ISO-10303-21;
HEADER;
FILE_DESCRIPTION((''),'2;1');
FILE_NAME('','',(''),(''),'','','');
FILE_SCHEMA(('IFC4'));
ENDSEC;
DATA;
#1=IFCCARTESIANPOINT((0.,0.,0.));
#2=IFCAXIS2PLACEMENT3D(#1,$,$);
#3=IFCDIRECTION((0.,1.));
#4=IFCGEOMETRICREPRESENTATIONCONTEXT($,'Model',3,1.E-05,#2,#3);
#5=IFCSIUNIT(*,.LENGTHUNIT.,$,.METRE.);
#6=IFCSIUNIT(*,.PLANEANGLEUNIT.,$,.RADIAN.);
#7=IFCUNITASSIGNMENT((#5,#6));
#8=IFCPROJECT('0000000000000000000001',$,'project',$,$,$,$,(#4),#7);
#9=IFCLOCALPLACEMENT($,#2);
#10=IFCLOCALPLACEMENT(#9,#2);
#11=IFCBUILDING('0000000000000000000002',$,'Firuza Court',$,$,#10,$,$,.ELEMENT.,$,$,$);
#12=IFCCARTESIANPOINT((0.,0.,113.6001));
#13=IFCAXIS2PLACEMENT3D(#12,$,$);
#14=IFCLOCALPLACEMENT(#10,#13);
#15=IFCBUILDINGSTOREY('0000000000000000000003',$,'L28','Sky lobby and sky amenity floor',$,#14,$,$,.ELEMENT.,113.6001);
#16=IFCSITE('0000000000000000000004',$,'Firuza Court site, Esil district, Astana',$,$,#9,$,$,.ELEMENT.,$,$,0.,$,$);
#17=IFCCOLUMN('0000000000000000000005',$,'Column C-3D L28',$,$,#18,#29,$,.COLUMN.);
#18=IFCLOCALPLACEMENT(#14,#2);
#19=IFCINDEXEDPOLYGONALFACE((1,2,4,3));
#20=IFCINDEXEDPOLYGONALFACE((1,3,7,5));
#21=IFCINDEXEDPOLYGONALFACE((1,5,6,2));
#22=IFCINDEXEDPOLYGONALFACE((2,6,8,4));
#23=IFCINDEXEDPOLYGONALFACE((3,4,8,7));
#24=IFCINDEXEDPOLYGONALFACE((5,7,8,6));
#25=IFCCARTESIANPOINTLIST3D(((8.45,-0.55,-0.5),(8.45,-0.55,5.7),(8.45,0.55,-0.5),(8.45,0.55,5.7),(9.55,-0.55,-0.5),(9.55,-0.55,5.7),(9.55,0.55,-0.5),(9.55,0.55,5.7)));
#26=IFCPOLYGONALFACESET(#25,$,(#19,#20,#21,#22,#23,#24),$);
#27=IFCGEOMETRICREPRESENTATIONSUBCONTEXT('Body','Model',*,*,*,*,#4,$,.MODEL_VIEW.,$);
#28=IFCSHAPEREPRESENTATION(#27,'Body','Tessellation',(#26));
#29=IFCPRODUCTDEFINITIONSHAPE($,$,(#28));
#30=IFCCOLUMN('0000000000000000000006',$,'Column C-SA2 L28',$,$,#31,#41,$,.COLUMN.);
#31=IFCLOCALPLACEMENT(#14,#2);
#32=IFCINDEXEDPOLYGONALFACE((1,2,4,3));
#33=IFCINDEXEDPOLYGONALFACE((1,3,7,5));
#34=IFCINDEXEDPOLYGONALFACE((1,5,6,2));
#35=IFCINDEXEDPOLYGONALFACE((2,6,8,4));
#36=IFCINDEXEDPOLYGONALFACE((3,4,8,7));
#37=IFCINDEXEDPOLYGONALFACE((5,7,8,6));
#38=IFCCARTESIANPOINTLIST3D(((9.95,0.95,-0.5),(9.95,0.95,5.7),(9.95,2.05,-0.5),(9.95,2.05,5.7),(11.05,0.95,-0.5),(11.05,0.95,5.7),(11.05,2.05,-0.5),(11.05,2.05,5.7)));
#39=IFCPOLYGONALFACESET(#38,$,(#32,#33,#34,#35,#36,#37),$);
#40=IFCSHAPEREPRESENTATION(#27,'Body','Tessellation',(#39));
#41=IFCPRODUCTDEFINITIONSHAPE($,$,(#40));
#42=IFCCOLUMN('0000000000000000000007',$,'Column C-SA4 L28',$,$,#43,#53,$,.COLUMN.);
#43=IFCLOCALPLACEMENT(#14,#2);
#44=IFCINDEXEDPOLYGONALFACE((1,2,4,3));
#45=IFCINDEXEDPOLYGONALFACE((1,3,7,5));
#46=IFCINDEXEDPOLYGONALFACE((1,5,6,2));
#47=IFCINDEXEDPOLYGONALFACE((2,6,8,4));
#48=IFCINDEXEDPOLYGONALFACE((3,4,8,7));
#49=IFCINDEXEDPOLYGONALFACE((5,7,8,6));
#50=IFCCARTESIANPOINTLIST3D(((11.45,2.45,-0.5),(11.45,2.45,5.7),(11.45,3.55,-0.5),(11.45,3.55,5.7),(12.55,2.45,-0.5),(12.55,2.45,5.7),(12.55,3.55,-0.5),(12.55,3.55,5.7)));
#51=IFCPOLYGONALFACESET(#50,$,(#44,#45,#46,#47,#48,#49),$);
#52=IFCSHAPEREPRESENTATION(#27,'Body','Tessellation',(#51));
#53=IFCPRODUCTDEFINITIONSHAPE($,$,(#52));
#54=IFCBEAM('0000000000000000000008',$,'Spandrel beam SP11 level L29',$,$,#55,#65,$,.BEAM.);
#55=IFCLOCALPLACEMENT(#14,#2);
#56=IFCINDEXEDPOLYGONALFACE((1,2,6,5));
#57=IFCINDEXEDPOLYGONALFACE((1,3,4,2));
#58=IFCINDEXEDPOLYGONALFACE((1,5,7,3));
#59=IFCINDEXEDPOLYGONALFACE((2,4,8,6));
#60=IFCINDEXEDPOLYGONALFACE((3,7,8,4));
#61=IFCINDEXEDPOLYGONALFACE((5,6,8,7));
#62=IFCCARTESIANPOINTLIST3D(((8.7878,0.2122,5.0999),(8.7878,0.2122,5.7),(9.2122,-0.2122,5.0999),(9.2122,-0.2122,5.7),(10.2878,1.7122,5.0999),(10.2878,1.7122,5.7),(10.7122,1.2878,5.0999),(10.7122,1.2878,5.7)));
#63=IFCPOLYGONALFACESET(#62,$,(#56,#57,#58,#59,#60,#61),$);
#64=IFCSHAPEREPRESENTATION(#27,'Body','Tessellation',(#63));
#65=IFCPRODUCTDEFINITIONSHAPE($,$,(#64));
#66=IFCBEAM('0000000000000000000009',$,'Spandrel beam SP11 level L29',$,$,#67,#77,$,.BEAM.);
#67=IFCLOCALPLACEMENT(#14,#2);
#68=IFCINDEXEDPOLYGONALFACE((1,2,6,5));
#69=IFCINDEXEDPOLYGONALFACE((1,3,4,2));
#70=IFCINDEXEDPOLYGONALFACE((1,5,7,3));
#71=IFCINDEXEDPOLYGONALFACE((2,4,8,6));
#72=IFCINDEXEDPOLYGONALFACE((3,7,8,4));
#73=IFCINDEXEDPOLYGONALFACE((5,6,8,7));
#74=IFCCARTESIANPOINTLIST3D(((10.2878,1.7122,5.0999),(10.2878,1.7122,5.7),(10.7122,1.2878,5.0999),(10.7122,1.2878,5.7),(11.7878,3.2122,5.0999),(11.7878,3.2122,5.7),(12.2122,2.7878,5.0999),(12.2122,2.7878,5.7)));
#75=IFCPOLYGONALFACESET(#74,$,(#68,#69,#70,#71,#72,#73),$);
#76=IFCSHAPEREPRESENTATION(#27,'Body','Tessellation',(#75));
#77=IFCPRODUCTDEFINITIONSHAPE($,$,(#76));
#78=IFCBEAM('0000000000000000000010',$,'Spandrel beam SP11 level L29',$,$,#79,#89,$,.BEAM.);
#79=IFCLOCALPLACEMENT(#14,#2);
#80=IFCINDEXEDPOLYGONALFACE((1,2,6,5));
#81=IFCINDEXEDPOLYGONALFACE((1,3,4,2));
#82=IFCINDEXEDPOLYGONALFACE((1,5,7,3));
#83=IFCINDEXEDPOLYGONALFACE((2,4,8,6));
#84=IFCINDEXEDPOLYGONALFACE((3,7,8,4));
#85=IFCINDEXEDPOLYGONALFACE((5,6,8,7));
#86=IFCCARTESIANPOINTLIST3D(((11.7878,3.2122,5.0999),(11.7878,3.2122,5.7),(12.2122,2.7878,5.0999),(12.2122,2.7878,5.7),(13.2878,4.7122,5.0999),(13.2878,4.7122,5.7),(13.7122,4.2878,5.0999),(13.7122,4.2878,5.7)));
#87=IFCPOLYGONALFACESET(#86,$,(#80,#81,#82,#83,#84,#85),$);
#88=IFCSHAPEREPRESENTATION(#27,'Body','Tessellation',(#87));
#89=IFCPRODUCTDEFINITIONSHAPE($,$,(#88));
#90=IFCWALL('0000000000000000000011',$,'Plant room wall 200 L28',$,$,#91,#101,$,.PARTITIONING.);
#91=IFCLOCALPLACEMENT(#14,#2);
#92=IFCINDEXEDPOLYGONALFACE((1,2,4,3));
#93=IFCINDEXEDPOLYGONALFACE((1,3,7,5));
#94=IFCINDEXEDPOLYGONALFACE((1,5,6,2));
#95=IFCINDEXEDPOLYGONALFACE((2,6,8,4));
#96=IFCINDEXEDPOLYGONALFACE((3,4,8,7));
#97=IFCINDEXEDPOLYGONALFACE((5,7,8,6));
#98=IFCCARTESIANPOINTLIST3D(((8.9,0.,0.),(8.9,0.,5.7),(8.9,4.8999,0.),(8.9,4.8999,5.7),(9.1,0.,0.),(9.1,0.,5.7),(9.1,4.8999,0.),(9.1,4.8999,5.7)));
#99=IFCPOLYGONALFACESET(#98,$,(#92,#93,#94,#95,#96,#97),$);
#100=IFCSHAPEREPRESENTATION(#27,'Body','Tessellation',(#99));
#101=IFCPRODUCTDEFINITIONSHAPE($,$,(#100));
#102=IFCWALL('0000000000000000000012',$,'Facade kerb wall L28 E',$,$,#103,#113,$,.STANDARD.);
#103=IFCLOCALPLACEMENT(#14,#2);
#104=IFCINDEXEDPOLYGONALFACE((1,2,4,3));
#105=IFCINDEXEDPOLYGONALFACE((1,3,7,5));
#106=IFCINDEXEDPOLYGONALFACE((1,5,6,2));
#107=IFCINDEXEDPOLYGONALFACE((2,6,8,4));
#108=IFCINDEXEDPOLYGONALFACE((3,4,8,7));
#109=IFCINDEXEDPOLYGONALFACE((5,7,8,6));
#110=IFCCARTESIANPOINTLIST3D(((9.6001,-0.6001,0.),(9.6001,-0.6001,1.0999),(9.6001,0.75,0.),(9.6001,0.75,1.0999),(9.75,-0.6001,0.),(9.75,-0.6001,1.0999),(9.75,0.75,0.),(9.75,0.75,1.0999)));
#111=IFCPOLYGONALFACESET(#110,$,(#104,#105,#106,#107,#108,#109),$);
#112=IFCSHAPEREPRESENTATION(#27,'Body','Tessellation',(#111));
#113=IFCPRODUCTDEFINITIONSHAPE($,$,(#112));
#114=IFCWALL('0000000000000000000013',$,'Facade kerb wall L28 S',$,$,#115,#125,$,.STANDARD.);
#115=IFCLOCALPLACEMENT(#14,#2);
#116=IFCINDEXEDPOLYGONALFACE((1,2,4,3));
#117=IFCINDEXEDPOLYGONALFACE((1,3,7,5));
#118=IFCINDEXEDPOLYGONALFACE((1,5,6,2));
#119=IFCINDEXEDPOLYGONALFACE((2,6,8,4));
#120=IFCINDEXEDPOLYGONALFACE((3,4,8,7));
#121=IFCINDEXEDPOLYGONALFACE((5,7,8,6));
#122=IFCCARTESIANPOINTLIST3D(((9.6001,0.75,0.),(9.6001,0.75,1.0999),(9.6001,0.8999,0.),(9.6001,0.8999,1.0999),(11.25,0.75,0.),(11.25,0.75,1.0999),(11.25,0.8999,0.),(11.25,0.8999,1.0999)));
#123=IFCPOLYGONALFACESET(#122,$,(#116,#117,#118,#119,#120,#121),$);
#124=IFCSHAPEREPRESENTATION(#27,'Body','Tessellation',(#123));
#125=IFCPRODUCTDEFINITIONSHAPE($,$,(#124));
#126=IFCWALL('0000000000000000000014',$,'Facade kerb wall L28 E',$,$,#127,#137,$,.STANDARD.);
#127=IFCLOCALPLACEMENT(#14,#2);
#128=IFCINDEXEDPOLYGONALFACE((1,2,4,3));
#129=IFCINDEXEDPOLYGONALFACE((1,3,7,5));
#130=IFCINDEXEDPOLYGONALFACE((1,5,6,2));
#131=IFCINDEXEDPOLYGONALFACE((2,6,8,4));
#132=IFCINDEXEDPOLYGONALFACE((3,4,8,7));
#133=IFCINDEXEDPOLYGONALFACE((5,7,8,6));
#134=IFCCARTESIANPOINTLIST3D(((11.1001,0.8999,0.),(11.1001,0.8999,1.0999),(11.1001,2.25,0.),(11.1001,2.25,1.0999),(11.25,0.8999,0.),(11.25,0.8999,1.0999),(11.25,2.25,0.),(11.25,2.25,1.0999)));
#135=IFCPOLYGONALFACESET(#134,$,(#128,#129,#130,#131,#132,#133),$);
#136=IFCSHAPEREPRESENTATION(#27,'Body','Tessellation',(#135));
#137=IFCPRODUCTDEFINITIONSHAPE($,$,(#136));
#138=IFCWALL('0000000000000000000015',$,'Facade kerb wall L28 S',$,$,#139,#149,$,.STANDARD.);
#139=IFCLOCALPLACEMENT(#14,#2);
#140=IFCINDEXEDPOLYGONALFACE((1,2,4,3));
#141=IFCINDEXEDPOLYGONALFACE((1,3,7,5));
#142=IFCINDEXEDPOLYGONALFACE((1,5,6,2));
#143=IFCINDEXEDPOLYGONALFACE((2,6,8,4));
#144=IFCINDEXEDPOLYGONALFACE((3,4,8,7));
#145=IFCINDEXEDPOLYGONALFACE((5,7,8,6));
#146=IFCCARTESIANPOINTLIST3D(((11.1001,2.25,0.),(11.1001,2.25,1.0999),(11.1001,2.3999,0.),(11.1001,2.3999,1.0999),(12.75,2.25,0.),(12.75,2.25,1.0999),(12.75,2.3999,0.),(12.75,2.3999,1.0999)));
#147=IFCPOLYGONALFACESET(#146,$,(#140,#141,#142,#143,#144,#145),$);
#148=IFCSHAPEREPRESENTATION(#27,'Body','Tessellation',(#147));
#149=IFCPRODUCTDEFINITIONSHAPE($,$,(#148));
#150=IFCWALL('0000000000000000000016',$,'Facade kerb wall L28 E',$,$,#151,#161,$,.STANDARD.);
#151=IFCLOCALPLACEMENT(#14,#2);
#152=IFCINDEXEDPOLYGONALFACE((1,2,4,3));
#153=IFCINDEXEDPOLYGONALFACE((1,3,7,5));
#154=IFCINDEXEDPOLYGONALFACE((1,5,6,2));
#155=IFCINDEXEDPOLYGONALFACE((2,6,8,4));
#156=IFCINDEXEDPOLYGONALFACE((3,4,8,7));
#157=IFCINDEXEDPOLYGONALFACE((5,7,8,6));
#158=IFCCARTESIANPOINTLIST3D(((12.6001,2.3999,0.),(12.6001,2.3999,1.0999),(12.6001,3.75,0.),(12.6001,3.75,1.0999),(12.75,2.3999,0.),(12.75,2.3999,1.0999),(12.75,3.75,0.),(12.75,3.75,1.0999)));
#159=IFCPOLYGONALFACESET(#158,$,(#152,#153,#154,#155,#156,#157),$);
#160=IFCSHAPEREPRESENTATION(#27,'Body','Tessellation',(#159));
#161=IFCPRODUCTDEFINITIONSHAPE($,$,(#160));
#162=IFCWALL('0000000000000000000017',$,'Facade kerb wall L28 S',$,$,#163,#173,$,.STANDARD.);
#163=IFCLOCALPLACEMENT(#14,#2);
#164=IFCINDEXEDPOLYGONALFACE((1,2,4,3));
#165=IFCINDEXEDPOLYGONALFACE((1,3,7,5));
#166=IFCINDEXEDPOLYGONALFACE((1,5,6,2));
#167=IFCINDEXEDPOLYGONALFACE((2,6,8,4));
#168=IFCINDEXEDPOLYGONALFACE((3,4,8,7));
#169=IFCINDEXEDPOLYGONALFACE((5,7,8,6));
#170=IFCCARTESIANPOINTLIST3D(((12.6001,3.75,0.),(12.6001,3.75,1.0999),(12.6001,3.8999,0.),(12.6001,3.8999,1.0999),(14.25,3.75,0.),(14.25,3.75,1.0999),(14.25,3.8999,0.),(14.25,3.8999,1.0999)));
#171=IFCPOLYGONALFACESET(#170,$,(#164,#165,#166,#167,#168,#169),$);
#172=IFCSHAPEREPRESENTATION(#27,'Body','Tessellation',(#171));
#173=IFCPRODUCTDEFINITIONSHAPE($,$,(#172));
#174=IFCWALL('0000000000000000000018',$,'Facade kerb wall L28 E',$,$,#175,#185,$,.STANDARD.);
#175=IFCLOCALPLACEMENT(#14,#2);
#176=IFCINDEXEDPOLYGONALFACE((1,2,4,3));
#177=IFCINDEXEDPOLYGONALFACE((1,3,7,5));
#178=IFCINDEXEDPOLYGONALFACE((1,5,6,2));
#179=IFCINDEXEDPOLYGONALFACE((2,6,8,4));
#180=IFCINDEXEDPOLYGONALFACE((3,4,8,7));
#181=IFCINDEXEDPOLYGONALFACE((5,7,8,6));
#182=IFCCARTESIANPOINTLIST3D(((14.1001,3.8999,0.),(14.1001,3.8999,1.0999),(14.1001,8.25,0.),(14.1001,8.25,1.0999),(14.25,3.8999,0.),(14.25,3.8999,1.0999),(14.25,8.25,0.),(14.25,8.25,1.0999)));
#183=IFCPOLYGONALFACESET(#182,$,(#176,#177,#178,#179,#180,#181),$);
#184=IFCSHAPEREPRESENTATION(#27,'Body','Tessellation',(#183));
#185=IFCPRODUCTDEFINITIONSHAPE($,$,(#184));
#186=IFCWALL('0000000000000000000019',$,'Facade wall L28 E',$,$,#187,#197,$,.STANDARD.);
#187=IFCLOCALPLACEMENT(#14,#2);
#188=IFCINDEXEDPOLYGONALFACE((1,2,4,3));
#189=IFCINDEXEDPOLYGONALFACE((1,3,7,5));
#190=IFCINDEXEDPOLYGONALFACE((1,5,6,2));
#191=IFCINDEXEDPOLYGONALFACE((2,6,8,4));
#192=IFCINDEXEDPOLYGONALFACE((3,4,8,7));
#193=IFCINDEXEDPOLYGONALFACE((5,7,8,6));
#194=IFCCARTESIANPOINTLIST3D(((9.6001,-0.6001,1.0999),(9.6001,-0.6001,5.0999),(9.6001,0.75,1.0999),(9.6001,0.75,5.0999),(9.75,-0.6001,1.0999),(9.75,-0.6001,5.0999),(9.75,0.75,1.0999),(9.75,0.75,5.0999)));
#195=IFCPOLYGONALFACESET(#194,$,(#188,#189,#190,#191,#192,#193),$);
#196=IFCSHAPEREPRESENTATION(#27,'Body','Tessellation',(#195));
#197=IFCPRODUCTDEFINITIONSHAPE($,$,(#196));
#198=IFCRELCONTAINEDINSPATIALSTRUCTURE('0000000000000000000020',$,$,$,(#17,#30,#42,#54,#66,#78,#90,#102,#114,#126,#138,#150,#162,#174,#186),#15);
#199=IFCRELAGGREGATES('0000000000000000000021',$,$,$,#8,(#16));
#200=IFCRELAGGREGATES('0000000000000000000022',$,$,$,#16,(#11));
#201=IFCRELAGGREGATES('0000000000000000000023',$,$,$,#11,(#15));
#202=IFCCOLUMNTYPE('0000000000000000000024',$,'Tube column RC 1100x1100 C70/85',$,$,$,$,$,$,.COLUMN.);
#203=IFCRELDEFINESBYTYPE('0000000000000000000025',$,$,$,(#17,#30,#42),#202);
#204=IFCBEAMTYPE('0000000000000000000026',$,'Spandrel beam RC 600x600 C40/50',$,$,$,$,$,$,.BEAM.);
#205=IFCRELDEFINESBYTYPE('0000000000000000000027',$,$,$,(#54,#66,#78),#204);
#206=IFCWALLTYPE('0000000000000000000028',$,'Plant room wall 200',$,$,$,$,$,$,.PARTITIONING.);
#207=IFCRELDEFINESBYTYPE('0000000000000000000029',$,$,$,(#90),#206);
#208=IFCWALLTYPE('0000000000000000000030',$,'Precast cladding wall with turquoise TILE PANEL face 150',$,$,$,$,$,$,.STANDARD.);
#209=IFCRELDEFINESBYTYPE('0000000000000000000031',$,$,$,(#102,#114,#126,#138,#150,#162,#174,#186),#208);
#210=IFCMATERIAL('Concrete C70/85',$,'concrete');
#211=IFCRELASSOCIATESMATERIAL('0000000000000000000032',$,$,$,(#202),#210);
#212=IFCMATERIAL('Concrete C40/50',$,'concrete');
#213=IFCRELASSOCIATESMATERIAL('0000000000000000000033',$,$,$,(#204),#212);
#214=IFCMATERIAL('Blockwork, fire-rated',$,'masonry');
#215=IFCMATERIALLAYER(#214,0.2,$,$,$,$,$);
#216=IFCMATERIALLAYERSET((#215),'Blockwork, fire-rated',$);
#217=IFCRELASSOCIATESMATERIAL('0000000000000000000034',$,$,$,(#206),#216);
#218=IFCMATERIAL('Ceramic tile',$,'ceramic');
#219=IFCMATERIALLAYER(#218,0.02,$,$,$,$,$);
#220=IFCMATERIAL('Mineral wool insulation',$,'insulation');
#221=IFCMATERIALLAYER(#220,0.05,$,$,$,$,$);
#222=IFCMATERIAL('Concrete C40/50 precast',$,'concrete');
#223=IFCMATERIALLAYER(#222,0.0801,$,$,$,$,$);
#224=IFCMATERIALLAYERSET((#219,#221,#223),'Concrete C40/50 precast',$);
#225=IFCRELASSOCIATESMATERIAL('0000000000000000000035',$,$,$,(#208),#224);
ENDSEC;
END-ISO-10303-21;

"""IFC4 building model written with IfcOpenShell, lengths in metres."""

from ifc_helpers import new_model, si_unit, direction, frame, frame_2d, origin, origin_2d, place, context, subcontext, project, spatial, rectangle, extrude, material, layer, layer_set, material_profile, profile_set, type_object, element, save


model = new_model("IFC4")

# Units and contexts
model_context = context("Model", 3, precision=1e-05, world=origin(), true_north=direction((0.0, 1.0)))
body_context = subcontext(model_context, "Body", "Model", "MODEL_VIEW")
ifc_project = project(units=[si_unit("LENGTHUNIT", "METRE"), si_unit("PLANEANGLEUNIT", "RADIAN")], contexts=[model_context])

# Site, building, storey
site_placement = place(None, origin())
site = spatial("IfcSite", under=ifc_project, at=site_placement, Name="Firuza Court site, Esil district, Astana", CompositionType="ELEMENT", RefElevation=0.0)
building_placement = place(site_placement, origin())
building = spatial("IfcBuilding", under=site, at=building_placement, Name="Firuza Court", CompositionType="ELEMENT")
storey_placement = place(building_placement, frame((0.0, 0.0, 113.6001)))
storey = spatial("IfcBuildingStorey", under=building, at=storey_placement, Name="L28", Description="Sky lobby and sky amenity floor", CompositionType="ELEMENT", Elevation=113.6001)

# Columns
ifc_material_1 = material(Name="Concrete C70/85", Category="concrete")
ifc_material_profile_1 = material_profile(ifc_material_1, rectangle(XDim=1.1001, YDim=1.1001, at=origin_2d()), Name="RC 1100x1100")
ifc_profile_set_1 = profile_set([ifc_material_profile_1], Name="Concrete C70/85")
column_type = type_object("IfcColumnType", Name="Tube column RC 1100x1100 C70/85", PredefinedType="COLUMN", material=ifc_profile_set_1)
for number, where, z_axis, x_axis, name in (
    (1, (9.0, 0.0, -0.5), (0.0, 0.0, 1.0), (1.0, 0.0, 0.0), "Column C-3D L28"),
    (2, (10.5, 1.5, -0.5), (0.0, 0.0, 1.0), (1.0, 0.0, 0.0), "Column C-SA2 L28"),
    (3, (12.0, 3.0, -0.5), (0.0, 0.0, 1.0), (1.0, 0.0, 0.0), "Column C-SA4 L28"),
):
    element("IfcColumn", number, at=place(storey_placement, frame(where, z_axis=z_axis, x_axis=x_axis)), inside=storey, type_object=column_type, Name=name, PredefinedType="COLUMN", context=body_context, shape_type="SweptSolid", body=[
        extrude(rectangle(XDim=1.1001, YDim=1.1001, at=origin_2d()), origin(), (0.0, 0.0, 1.0), 6.2),
    ])

# Beams
ifc_material_2 = material(Name="Concrete C40/50", Category="concrete")
ifc_material_profile_2 = material_profile(ifc_material_2, rectangle(XDim=0.6001, YDim=0.6001, at=origin_2d()), Name="RC 600x600")
ifc_profile_set_2 = profile_set([ifc_material_profile_2], Name="Concrete C40/50")
beam_type = type_object("IfcBeamType", Name="Spandrel beam RC 600x600 C40/50", PredefinedType="BEAM", material=ifc_profile_set_2)
for number, where, z_axis, x_axis, name in (
    (4, (9.0, 0.0, 5.3999), (0.707107, 0.707107, 0.0), (-0.707107, 0.707107, 0.0), "Spandrel beam SP11 level L29"),
    (5, (10.5, 1.5, 5.3999), (0.707107, 0.707107, 0.0), (-0.707107, 0.707107, 0.0), "Spandrel beam SP11 level L29"),
    (6, (12.0, 3.0, 5.3999), (0.707107, 0.707107, 0.0), (-0.707107, 0.707107, 0.0), "Spandrel beam SP11 level L29"),
):
    element("IfcBeam", number, at=place(storey_placement, frame(where, z_axis=z_axis, x_axis=x_axis)), inside=storey, type_object=beam_type, Name=name, PredefinedType="BEAM", context=body_context, shape_type="SweptSolid", body=[
        extrude(rectangle(XDim=0.6001, YDim=0.6001, at=origin_2d()), origin(), (0.0, 0.0, 1.0), 2.1213),
    ])

# Walls
ifc_material_3 = material(Name="Blockwork, fire-rated", Category="masonry")
ifc_layer_1 = layer(ifc_material_3, 0.2)
ifc_layer_set_1 = layer_set([ifc_layer_1], Name="Blockwork, fire-rated")
wall_type_1 = type_object("IfcWallType", Name="Plant room wall 200", PredefinedType="PARTITIONING", material=ifc_layer_set_1)
wall_1_placement = place(storey_placement, frame((9.0, 0.0, 0.0), z_axis=(0.0, 0.0, 1.0), x_axis=(0.0, 1.0, 0.0)))
element("IfcWall", 7, at=wall_1_placement, inside=storey, type_object=wall_type_1, Name="Plant room wall 200 L28", PredefinedType="PARTITIONING", context=body_context, shape_type="SweptSolid", body=[
    extrude(rectangle(XDim=4.8999, YDim=0.2, at=frame_2d((2.45, 0.0))), origin(), (0.0, 0.0, 1.0), 5.7),
])
ifc_material_4 = material(Name="Ceramic tile", Category="ceramic")
ifc_layer_2 = layer(ifc_material_4, 0.02)
ifc_material_5 = material(Name="Mineral wool insulation", Category="insulation")
ifc_layer_3 = layer(ifc_material_5, 0.05)
ifc_material_6 = material(Name="Concrete C40/50 precast", Category="concrete")
ifc_layer_4 = layer(ifc_material_6, 0.0801)
ifc_layer_set_2 = layer_set([ifc_layer_2, ifc_layer_3, ifc_layer_4], Name="Concrete C40/50 precast")
wall_type_2 = type_object("IfcWallType", Name="Precast cladding wall with turquoise TILE PANEL face 150", PredefinedType="STANDARD", material=ifc_layer_set_2)
wall_2_placement = place(storey_placement, frame((9.675, -0.6001, 0.0), z_axis=(0.0, 0.0, 1.0), x_axis=(0.0, 1.0, 0.0)))
element("IfcWall", 8, at=wall_2_placement, inside=storey, type_object=wall_type_2, Name="Facade kerb wall L28 E", PredefinedType="STANDARD", context=body_context, shape_type="SweptSolid", body=[
    extrude(rectangle(XDim=1.3501, YDim=0.1499, at=frame_2d((0.675, 0.0))), origin(), (0.0, 0.0, 1.0), 1.0999),
])
wall_3_placement = place(storey_placement, frame((9.6001, 0.825, 0.0), z_axis=(0.0, 0.0, 1.0), x_axis=(1.0, 0.0, 0.0)))
element("IfcWall", 9, at=wall_3_placement, inside=storey, type_object=wall_type_2, Name="Facade kerb wall L28 S", PredefinedType="STANDARD", context=body_context, shape_type="SweptSolid", body=[
    extrude(rectangle(XDim=1.6499, YDim=0.1499, at=frame_2d((0.825, 0.0))), origin(), (0.0, 0.0, 1.0), 1.0999),
])
wall_4_placement = place(storey_placement, frame((11.175, 0.8999, 0.0), z_axis=(0.0, 0.0, 1.0), x_axis=(0.0, 1.0, 0.0)))
element("IfcWall", 10, at=wall_4_placement, inside=storey, type_object=wall_type_2, Name="Facade kerb wall L28 E", PredefinedType="STANDARD", context=body_context, shape_type="SweptSolid", body=[
    extrude(rectangle(XDim=1.3501, YDim=0.1499, at=frame_2d((0.675, 0.0))), origin(), (0.0, 0.0, 1.0), 1.0999),
])
wall_5_placement = place(storey_placement, frame((11.1001, 2.325, 0.0), z_axis=(0.0, 0.0, 1.0), x_axis=(1.0, 0.0, 0.0)))
element("IfcWall", 11, at=wall_5_placement, inside=storey, type_object=wall_type_2, Name="Facade kerb wall L28 S", PredefinedType="STANDARD", context=body_context, shape_type="SweptSolid", body=[
    extrude(rectangle(XDim=1.6499, YDim=0.1499, at=frame_2d((0.825, 0.0))), origin(), (0.0, 0.0, 1.0), 1.0999),
])
wall_6_placement = place(storey_placement, frame((12.675, 2.3999, 0.0), z_axis=(0.0, 0.0, 1.0), x_axis=(0.0, 1.0, 0.0)))
element("IfcWall", 12, at=wall_6_placement, inside=storey, type_object=wall_type_2, Name="Facade kerb wall L28 E", PredefinedType="STANDARD", context=body_context, shape_type="SweptSolid", body=[
    extrude(rectangle(XDim=1.3501, YDim=0.1499, at=frame_2d((0.675, 0.0))), origin(), (0.0, 0.0, 1.0), 1.0999),
])
wall_7_placement = place(storey_placement, frame((12.6001, 3.825, 0.0), z_axis=(0.0, 0.0, 1.0), x_axis=(1.0, 0.0, 0.0)))
element("IfcWall", 13, at=wall_7_placement, inside=storey, type_object=wall_type_2, Name="Facade kerb wall L28 S", PredefinedType="STANDARD", context=body_context, shape_type="SweptSolid", body=[
    extrude(rectangle(XDim=1.6499, YDim=0.1499, at=frame_2d((0.825, 0.0))), origin(), (0.0, 0.0, 1.0), 1.0999),
])
wall_8_placement = place(storey_placement, frame((14.175, 3.8999, 0.0), z_axis=(0.0, 0.0, 1.0), x_axis=(0.0, 1.0, 0.0)))
element("IfcWall", 14, at=wall_8_placement, inside=storey, type_object=wall_type_2, Name="Facade kerb wall L28 E", PredefinedType="STANDARD", context=body_context, shape_type="SweptSolid", body=[
    extrude(rectangle(XDim=4.3501, YDim=0.1499, at=frame_2d((2.175, 0.0))), origin(), (0.0, 0.0, 1.0), 1.0999),
])
wall_9_placement = place(storey_placement, frame((9.675, -0.6001, 1.0999), z_axis=(0.0, 0.0, 1.0), x_axis=(0.0, 1.0, 0.0)))
element("IfcWall", 15, at=wall_9_placement, inside=storey, type_object=wall_type_2, Name="Facade wall L28 E", PredefinedType="STANDARD", context=body_context, shape_type="SweptSolid", body=[
    extrude(rectangle(XDim=1.3501, YDim=0.1499, at=frame_2d((0.675, 0.0))), origin(), (0.0, 0.0, 1.0), 4.0),
])

save(model, "model.ifc")
